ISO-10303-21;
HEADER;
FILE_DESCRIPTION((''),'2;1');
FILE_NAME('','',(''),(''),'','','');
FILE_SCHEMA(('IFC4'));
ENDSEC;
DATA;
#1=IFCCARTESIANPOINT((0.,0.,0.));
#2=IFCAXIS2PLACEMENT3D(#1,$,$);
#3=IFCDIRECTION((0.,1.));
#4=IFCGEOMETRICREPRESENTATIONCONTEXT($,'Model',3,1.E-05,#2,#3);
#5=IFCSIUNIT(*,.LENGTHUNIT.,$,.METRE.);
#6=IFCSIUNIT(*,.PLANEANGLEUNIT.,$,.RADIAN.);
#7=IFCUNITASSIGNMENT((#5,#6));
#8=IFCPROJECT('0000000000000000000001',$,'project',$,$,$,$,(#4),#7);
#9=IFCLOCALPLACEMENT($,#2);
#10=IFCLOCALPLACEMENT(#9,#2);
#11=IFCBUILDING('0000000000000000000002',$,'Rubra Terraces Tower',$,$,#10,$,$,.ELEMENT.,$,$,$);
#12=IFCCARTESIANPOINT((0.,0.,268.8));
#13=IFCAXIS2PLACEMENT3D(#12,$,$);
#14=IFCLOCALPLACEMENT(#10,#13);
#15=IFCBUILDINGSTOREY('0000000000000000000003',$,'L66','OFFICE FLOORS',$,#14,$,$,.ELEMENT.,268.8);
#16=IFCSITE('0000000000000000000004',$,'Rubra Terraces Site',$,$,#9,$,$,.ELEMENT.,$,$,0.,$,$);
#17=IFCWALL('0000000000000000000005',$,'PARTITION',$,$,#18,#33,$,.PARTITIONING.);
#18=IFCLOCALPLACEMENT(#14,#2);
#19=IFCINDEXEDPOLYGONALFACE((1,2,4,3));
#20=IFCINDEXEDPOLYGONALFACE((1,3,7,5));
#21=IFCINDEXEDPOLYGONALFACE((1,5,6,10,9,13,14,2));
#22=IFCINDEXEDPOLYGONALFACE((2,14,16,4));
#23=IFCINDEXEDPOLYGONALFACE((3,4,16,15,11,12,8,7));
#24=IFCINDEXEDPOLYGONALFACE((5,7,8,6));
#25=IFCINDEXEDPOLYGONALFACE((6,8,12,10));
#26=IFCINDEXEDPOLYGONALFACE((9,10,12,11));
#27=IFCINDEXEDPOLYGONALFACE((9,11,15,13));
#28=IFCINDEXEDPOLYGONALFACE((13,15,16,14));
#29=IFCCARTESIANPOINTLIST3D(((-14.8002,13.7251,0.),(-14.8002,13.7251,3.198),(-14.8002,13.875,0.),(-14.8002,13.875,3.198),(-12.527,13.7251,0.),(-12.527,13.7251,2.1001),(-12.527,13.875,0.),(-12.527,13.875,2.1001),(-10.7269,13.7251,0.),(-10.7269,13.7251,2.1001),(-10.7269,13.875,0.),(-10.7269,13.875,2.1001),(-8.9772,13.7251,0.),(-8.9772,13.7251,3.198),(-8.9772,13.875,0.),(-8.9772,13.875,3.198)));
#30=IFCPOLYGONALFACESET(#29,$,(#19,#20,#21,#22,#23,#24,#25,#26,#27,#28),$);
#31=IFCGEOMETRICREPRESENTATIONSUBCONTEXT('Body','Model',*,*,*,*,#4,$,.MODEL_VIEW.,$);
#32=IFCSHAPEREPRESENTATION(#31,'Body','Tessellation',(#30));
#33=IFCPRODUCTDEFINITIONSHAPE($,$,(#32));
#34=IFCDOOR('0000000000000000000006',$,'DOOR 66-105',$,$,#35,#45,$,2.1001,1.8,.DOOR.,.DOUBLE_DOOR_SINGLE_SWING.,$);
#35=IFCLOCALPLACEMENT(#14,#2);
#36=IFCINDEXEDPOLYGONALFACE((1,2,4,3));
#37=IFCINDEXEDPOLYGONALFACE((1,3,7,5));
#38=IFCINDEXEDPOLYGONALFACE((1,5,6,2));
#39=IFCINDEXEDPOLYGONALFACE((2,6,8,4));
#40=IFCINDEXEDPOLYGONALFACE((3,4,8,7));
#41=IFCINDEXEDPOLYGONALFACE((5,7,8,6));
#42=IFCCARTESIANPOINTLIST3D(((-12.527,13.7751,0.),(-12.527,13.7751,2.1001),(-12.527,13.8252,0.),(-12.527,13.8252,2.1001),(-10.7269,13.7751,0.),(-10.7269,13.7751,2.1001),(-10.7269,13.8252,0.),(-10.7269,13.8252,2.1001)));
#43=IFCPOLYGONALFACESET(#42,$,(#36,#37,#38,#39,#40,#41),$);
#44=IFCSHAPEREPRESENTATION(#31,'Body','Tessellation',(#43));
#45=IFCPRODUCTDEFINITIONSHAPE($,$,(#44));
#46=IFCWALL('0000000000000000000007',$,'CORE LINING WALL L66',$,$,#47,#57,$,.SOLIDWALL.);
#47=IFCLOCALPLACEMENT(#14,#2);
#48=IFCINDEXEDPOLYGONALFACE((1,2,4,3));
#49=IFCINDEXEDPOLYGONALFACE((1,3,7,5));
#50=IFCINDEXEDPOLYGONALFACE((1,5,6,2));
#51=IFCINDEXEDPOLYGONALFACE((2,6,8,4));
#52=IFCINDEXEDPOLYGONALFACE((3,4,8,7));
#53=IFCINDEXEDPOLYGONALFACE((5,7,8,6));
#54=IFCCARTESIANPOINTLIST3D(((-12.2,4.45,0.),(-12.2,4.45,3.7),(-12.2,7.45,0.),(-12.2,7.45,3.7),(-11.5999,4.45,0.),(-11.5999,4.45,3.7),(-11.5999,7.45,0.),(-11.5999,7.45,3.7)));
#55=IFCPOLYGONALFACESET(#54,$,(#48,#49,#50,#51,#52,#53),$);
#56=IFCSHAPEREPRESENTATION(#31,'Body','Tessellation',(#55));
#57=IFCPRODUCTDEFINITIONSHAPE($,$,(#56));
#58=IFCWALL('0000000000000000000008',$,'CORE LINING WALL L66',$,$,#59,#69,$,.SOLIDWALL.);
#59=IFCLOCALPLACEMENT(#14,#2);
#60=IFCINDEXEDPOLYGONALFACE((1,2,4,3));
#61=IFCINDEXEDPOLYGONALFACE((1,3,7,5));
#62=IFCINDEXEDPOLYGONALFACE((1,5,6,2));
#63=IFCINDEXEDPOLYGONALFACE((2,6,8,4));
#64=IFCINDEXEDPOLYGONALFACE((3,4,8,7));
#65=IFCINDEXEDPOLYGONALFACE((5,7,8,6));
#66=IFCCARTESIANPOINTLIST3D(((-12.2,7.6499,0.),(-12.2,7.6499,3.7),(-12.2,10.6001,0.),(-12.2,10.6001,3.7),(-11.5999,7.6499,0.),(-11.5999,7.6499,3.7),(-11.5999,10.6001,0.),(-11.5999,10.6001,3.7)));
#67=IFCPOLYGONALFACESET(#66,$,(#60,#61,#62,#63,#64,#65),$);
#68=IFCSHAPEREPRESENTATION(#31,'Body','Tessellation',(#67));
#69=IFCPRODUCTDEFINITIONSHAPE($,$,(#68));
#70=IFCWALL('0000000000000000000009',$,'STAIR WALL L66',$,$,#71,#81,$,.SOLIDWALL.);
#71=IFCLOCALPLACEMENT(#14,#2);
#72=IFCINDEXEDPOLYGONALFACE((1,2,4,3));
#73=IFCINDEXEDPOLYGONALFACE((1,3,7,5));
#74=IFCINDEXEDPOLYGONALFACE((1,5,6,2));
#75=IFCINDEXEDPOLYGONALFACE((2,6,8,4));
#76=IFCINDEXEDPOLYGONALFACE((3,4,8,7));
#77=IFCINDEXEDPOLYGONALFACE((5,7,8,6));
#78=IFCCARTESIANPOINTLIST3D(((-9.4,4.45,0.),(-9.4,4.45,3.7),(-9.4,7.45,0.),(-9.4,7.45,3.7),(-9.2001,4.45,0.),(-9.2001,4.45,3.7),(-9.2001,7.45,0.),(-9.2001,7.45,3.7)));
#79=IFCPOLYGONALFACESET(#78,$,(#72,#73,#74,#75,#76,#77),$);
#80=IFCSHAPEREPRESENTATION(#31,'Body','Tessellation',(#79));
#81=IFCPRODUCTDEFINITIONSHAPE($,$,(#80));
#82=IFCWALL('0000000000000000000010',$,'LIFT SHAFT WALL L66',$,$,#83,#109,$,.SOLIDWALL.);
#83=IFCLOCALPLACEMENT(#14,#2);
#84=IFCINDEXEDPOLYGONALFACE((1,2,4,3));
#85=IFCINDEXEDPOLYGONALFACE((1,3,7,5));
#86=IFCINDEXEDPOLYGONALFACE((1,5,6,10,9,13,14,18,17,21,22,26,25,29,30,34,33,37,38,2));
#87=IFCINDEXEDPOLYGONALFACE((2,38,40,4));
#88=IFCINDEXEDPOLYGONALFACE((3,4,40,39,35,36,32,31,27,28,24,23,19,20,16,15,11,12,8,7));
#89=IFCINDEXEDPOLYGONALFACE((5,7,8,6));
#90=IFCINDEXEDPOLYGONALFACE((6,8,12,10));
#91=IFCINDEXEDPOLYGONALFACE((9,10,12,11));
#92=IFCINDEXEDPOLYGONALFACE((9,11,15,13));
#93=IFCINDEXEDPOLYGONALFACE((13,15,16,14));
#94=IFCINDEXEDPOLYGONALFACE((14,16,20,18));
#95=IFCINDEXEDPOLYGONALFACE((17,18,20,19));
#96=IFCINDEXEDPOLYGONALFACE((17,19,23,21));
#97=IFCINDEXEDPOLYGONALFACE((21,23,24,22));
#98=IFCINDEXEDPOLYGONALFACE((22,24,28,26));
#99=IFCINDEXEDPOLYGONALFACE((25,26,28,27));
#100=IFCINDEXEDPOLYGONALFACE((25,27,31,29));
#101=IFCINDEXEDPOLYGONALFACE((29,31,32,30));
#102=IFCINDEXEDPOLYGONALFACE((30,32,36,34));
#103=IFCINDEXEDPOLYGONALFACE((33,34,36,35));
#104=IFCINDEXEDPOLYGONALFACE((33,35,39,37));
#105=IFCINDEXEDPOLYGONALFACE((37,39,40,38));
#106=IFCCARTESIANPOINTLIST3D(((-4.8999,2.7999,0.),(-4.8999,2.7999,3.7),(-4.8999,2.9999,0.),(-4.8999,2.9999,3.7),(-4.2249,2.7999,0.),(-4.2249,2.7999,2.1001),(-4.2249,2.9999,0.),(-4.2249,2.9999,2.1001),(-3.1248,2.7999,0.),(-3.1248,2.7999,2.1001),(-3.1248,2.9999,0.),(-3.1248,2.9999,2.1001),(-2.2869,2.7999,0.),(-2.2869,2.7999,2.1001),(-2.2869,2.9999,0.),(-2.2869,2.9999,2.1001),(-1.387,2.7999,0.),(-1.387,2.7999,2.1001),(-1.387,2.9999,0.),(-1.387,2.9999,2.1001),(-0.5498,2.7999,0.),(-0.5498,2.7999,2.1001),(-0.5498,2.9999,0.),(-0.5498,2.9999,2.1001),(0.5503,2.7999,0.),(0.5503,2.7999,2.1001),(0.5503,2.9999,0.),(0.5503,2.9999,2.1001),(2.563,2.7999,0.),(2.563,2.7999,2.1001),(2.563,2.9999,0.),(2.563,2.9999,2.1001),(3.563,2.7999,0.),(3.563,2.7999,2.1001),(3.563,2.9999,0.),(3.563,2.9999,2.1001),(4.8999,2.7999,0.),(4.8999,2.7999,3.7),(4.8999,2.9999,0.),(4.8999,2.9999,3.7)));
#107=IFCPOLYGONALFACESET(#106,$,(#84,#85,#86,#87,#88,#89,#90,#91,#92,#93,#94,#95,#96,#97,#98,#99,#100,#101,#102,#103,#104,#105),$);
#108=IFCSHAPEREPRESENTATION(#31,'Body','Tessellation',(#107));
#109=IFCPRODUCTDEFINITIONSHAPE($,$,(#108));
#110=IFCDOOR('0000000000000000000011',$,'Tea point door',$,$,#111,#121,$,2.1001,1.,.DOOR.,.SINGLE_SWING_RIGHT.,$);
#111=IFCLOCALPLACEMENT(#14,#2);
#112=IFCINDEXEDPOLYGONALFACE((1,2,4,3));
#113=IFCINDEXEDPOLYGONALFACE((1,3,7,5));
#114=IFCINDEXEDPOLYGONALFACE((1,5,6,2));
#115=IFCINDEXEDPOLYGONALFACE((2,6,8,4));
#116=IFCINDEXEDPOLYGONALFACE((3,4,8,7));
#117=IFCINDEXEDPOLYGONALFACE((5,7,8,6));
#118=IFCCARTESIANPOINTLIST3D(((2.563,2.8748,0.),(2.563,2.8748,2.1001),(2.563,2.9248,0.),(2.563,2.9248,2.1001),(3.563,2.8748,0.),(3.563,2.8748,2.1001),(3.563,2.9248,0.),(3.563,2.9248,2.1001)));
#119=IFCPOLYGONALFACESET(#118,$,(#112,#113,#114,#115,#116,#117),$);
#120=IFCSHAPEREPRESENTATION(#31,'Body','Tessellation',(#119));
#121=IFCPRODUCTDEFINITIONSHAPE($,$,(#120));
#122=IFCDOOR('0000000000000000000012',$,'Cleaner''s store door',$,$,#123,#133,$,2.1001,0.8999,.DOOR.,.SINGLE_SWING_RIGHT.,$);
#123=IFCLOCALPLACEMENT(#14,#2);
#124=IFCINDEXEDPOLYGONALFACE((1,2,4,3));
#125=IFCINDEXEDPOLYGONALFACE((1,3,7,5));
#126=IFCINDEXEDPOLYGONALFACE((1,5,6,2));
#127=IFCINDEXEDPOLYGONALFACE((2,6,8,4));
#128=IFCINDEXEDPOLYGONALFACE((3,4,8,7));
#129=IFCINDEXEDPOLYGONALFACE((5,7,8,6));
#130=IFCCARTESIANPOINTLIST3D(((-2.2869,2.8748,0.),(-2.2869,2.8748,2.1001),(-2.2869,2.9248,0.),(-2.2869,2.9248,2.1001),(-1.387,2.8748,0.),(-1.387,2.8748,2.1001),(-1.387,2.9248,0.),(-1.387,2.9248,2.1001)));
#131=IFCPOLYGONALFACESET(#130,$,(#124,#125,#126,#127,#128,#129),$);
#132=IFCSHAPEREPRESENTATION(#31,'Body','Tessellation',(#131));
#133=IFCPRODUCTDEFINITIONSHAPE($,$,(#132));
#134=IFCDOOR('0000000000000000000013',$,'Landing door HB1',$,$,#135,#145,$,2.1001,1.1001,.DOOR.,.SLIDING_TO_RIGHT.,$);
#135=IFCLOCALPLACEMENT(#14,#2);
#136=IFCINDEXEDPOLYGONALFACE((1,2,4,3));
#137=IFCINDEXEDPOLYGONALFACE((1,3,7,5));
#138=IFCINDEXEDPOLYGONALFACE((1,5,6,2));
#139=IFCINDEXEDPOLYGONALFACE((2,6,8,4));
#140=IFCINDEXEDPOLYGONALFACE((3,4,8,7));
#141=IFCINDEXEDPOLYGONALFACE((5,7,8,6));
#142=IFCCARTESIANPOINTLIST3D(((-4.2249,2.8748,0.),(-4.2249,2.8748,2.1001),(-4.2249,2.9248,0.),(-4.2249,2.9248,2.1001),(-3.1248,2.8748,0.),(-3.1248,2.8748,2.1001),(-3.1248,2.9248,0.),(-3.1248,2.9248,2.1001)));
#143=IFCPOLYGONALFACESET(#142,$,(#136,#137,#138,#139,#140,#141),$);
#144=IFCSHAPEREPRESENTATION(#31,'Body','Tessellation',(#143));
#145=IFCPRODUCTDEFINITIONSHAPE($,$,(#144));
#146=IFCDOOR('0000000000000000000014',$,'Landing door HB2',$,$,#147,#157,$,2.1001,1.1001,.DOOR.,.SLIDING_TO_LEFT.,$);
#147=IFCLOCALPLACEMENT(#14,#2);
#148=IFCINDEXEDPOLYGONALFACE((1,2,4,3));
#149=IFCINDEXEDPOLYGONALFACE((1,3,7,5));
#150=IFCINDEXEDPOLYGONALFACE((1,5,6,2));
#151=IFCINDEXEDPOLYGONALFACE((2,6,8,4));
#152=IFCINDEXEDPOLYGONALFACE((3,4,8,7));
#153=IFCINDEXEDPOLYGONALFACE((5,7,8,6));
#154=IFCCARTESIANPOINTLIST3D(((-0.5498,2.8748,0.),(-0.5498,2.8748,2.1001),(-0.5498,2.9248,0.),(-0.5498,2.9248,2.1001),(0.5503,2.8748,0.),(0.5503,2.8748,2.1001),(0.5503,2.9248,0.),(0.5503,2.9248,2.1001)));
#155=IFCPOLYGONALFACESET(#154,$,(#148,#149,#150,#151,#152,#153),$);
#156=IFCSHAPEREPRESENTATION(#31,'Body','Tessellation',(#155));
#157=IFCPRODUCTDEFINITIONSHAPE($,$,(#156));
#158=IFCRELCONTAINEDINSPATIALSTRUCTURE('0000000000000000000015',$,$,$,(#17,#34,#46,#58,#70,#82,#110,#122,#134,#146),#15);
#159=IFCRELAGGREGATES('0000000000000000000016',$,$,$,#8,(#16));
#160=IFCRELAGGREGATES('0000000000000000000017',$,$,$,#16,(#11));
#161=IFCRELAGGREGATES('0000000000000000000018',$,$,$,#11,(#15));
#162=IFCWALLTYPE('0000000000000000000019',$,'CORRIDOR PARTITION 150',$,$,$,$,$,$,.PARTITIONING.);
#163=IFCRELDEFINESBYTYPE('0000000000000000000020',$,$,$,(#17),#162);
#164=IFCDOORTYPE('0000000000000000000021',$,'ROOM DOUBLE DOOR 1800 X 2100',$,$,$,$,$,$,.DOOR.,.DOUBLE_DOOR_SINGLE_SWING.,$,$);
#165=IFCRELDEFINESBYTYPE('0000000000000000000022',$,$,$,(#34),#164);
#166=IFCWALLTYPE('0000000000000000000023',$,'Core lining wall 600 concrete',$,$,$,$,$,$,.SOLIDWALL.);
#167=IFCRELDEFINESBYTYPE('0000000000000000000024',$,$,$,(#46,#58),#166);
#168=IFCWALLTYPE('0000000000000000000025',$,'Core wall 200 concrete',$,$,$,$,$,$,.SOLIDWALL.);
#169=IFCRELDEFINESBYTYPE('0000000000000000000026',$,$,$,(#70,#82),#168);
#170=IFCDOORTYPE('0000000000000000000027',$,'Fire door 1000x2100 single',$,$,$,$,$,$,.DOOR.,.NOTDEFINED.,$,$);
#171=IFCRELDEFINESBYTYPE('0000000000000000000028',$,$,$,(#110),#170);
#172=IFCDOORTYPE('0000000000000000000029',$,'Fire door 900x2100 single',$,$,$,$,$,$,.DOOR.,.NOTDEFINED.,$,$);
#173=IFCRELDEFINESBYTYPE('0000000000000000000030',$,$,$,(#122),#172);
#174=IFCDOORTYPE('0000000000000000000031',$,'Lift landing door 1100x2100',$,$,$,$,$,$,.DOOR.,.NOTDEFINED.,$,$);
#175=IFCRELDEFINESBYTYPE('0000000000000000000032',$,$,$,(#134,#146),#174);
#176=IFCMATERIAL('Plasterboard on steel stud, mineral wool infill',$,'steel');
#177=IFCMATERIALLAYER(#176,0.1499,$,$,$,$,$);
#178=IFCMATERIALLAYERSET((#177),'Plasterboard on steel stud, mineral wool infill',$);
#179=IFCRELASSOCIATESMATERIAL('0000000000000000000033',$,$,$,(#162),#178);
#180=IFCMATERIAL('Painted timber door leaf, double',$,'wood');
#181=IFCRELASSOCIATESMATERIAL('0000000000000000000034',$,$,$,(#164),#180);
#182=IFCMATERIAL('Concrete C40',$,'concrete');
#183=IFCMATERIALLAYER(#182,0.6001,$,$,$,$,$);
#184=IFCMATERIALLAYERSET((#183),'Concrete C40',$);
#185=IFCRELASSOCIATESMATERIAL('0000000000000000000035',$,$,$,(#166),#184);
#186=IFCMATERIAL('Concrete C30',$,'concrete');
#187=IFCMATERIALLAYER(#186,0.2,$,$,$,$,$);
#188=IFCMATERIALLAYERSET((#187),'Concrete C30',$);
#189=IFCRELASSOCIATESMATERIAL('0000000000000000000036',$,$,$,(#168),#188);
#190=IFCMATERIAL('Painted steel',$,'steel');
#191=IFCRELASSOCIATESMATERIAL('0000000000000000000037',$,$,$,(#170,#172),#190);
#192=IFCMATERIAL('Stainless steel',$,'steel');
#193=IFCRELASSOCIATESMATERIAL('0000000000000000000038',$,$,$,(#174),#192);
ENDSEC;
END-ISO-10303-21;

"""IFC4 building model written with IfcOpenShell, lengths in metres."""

from ifc_helpers import new_model, si_unit, direction, frame, frame_2d, origin, place, context, subcontext, project, spatial, rectangle, extrude, material, layer, layer_set, type_object, element, fill, save


model = new_model("IFC4")

# Units and contexts
model_context = context("Model", 3, precision=1e-05, world=origin(), true_north=direction((0.0, 1.0)))
body_context = subcontext(model_context, "Body", "Model", "MODEL_VIEW")
ifc_project = project(units=[si_unit("LENGTHUNIT", "METRE"), si_unit("PLANEANGLEUNIT", "RADIAN")], contexts=[model_context])

# Site, building, storey
site_placement = place(None, origin())
site = spatial("IfcSite", under=ifc_project, at=site_placement, Name="Rubra Terraces Site", CompositionType="ELEMENT", RefElevation=0.0)
building_placement = place(site_placement, origin())
building = spatial("IfcBuilding", under=site, at=building_placement, Name="Rubra Terraces Tower", CompositionType="ELEMENT")
storey_placement = place(building_placement, frame((0.0, 0.0, 268.8)))
storey = spatial("IfcBuildingStorey", under=building, at=storey_placement, Name="L66", Description="OFFICE FLOORS", CompositionType="ELEMENT", Elevation=268.8)

# Wall, opening, door
ifc_material_1 = material(Name="Plasterboard on steel stud, mineral wool infill", Category="steel")
ifc_layer_1 = layer(ifc_material_1, 0.1499)
ifc_layer_set_1 = layer_set([ifc_layer_1], Name="Plasterboard on steel stud, mineral wool infill")
wall_type_1 = type_object("IfcWallType", Name="CORRIDOR PARTITION 150", PredefinedType="PARTITIONING", material=ifc_layer_set_1)
wall_1_placement = place(storey_placement, frame((-8.9771, 13.8, 0.0), z_axis=(0.0, 0.0, 1.0), x_axis=(-1.0, 0.0, 0.0)))
wall_1 = element("IfcWall", 1, at=wall_1_placement, inside=storey, type_object=wall_type_1, Name="PARTITION", PredefinedType="PARTITIONING", context=body_context, shape_type="SweptSolid", body=[
    extrude(rectangle(XDim=5.823, YDim=0.1499, at=frame_2d((2.9116, 0.0))), origin(), (0.0, 0.0, 1.0), 3.198),
])
opening_1_placement = place(wall_1_placement, frame((1.75, 0.0, 0.0)))
opening_1 = element("IfcOpeningElement", 2, at=opening_1_placement, cuts=wall_1, PredefinedType="OPENING", context=body_context, shape_type="SweptSolid", body=[
    extrude(rectangle(XDim=1.8, YDim=2.1001, at=frame_2d((0.8999, 1.05))), frame((0.0, 0.085, 0.0), z_axis=(0.0, -1.0, 0.0), x_axis=(1.0, 0.0, 0.0)), (0.0, 0.0, 1.0), 0.1699),
])
ifc_material_2 = material(Name="Painted timber door leaf, double", Category="wood")
door_type_1 = type_object("IfcDoorType", Name="ROOM DOUBLE DOOR 1800 X 2100", OperationType="DOUBLE_DOOR_SINGLE_SWING", PredefinedType="DOOR", material=ifc_material_2)
door_1_placement = place(opening_1_placement, origin())
door_1 = element("IfcDoor", 3, at=door_1_placement, inside=storey, type_object=door_type_1, Name="DOOR 66-105", OperationType="DOUBLE_DOOR_SINGLE_SWING", OverallHeight=2.1001, OverallWidth=1.8, PredefinedType="DOOR", context=body_context, shape_type="SweptSolid", body=[
    extrude(rectangle(XDim=1.8, YDim=2.1001, at=frame_2d((0.8999, 1.05))), frame((0.0, 0.0249, 0.0), z_axis=(0.0, -1.0, 0.0), x_axis=(1.0, 0.0, 0.0)), (0.0, 0.0, 1.0), 0.05),
])
fill(opening_1, door_1)

# Walls
ifc_material_3 = material(Name="Concrete C40", Category="concrete")
ifc_layer_2 = layer(ifc_material_3, 0.6001)
ifc_layer_set_2 = layer_set([ifc_layer_2], Name="Concrete C40")
wall_type_2 = type_object("IfcWallType", Name="Core lining wall 600 concrete", PredefinedType="SOLIDWALL", material=ifc_layer_set_2)
wall_2_placement = place(storey_placement, frame((-11.8999, 4.45, 0.0), z_axis=(0.0, 0.0, 1.0), x_axis=(0.0, 1.0, 0.0)))
element("IfcWall", 4, at=wall_2_placement, inside=storey, type_object=wall_type_2, Name="CORE LINING WALL L66", PredefinedType="SOLIDWALL", context=body_context, shape_type="SweptSolid", body=[
    extrude(rectangle(XDim=3.0, YDim=0.6001, at=frame_2d((1.5, 0.0))), origin(), (0.0, 0.0, 1.0), 3.7),
])
wall_3_placement = place(storey_placement, frame((-11.8999, 7.6499, 0.0), z_axis=(0.0, 0.0, 1.0), x_axis=(0.0, 1.0, 0.0)))
element("IfcWall", 5, at=wall_3_placement, inside=storey, type_object=wall_type_2, Name="CORE LINING WALL L66", PredefinedType="SOLIDWALL", context=body_context, shape_type="SweptSolid", body=[
    extrude(rectangle(XDim=2.9502, YDim=0.6001, at=frame_2d((1.4751, 0.0))), origin(), (0.0, 0.0, 1.0), 3.7),
])
ifc_material_4 = material(Name="Concrete C30", Category="concrete")
ifc_layer_3 = layer(ifc_material_4, 0.2)
ifc_layer_set_3 = layer_set([ifc_layer_3], Name="Concrete C30")
wall_type_3 = type_object("IfcWallType", Name="Core wall 200 concrete", PredefinedType="SOLIDWALL", material=ifc_layer_set_3)
wall_4_placement = place(storey_placement, frame((-9.3, 4.45, 0.0), z_axis=(0.0, 0.0, 1.0), x_axis=(0.0, 1.0, 0.0)))
element("IfcWall", 6, at=wall_4_placement, inside=storey, type_object=wall_type_3, Name="STAIR WALL L66", PredefinedType="SOLIDWALL", context=body_context, shape_type="SweptSolid", body=[
    extrude(rectangle(XDim=3.0, YDim=0.2, at=frame_2d((1.5, 0.0))), origin(), (0.0, 0.0, 1.0), 3.7),
])

# Wall, openings, doors
wall_5_placement = place(storey_placement, frame((-4.8999, 2.8999, 0.0), z_axis=(0.0, 0.0, 1.0), x_axis=(1.0, 0.0, 0.0)))
wall_5 = element("IfcWall", 7, at=wall_5_placement, inside=storey, type_object=wall_type_3, Name="LIFT SHAFT WALL L66", PredefinedType="SOLIDWALL", context=body_context, shape_type="SweptSolid", body=[
    extrude(rectangle(XDim=9.7998, YDim=0.2, at=frame_2d((4.8999, 0.0))), origin(), (0.0, 0.0, 1.0), 3.7),
])
opening_2_placement = place(wall_5_placement, frame((0.675, 0.0, 0.0)))
opening_2 = element("IfcOpeningElement", 8, at=opening_2_placement, cuts=wall_5, PredefinedType="OPENING", context=body_context, shape_type="SweptSolid", body=[
    extrude(rectangle(XDim=1.1001, YDim=2.1001, at=frame_2d((0.55, 1.05))), frame((0.0, 0.1099, 0.0), z_axis=(0.0, -1.0, 0.0), x_axis=(1.0, 0.0, 0.0)), (0.0, 0.0, 1.0), 0.22),
])
opening_3_placement = place(wall_5_placement, frame((2.613, 0.0, 0.0)))
opening_3 = element("IfcOpeningElement", 9, at=opening_3_placement, cuts=wall_5, PredefinedType="OPENING", context=body_context, shape_type="SweptSolid", body=[
    extrude(rectangle(XDim=0.8999, YDim=2.1001, at=frame_2d((0.45, 1.05))), frame((0.0, 0.1099, 0.0), z_axis=(0.0, -1.0, 0.0), x_axis=(1.0, 0.0, 0.0)), (0.0, 0.0, 1.0), 0.22),
])
opening_4_placement = place(wall_5_placement, frame((4.3501, 0.0, 0.0)))
opening_4 = element("IfcOpeningElement", 10, at=opening_4_placement, cuts=wall_5, PredefinedType="OPENING", context=body_context, shape_type="SweptSolid", body=[
    extrude(rectangle(XDim=1.1001, YDim=2.1001, at=frame_2d((0.55, 1.05))), frame((0.0, 0.1099, 0.0), z_axis=(0.0, -1.0, 0.0), x_axis=(1.0, 0.0, 0.0)), (0.0, 0.0, 1.0), 0.22),
])
opening_5_placement = place(wall_5_placement, frame((7.4629, 0.0, 0.0)))
opening_5 = element("IfcOpeningElement", 11, at=opening_5_placement, cuts=wall_5, PredefinedType="OPENING", context=body_context, shape_type="SweptSolid", body=[
    extrude(rectangle(XDim=1.0, YDim=2.1001, at=frame_2d((0.5, 1.05))), frame((0.0, 0.1099, 0.0), z_axis=(0.0, -1.0, 0.0), x_axis=(1.0, 0.0, 0.0)), (0.0, 0.0, 1.0), 0.22),
])
ifc_material_5 = material(Name="Painted steel", Category="steel")
door_type_2 = type_object("IfcDoorType", Name="Fire door 1000x2100 single", OperationType="NOTDEFINED", PredefinedType="DOOR", material=ifc_material_5)
door_2_placement = place(opening_5_placement, origin())
door_2 = element("IfcDoor", 12, at=door_2_placement, inside=storey, type_object=door_type_2, Name="Tea point door", OperationType="SINGLE_SWING_RIGHT", OverallHeight=2.1001, OverallWidth=1.0, PredefinedType="DOOR", context=body_context, shape_type="SweptSolid", body=[
    extrude(rectangle(XDim=1.0, YDim=2.1001, at=frame_2d((0.5, 1.05))), frame((0.0, 0.0249, 0.0), z_axis=(0.0, -1.0, 0.0), x_axis=(1.0, 0.0, 0.0)), (0.0, 0.0, 1.0), 0.05),
])
fill(opening_5, door_2)
door_type_3 = type_object("IfcDoorType", Name="Fire door 900x2100 single", OperationType="NOTDEFINED", PredefinedType="DOOR", material=ifc_material_5)
door_3_placement = place(opening_3_placement, origin())
door_3 = element("IfcDoor", 13, at=door_3_placement, inside=storey, type_object=door_type_3, Name="Cleaner's store door", OperationType="SINGLE_SWING_RIGHT", OverallHeight=2.1001, OverallWidth=0.8999, PredefinedType="DOOR", context=body_context, shape_type="SweptSolid", body=[
    extrude(rectangle(XDim=0.8999, YDim=2.1001, at=frame_2d((0.45, 1.05))), frame((0.0, 0.0249, 0.0), z_axis=(0.0, -1.0, 0.0), x_axis=(1.0, 0.0, 0.0)), (0.0, 0.0, 1.0), 0.05),
])
fill(opening_3, door_3)
ifc_material_6 = material(Name="Stainless steel", Category="steel")
door_type_4 = type_object("IfcDoorType", Name="Lift landing door 1100x2100", OperationType="NOTDEFINED", PredefinedType="DOOR", material=ifc_material_6)
door_4_placement = place(opening_2_placement, origin())
door_4 = element("IfcDoor", 14, at=door_4_placement, inside=storey, type_object=door_type_4, Name="Landing door HB1", OperationType="SLIDING_TO_RIGHT", OverallHeight=2.1001, OverallWidth=1.1001, PredefinedType="DOOR", context=body_context, shape_type="SweptSolid", body=[
    extrude(rectangle(XDim=1.1001, YDim=2.1001, at=frame_2d((0.55, 1.05))), frame((0.0, 0.0249, 0.0), z_axis=(0.0, -1.0, 0.0), x_axis=(1.0, 0.0, 0.0)), (0.0, 0.0, 1.0), 0.05),
])
fill(opening_2, door_4)
door_5_placement = place(opening_4_placement, origin())
door_5 = element("IfcDoor", 15, at=door_5_placement, inside=storey, type_object=door_type_4, Name="Landing door HB2", OperationType="SLIDING_TO_LEFT", OverallHeight=2.1001, OverallWidth=1.1001, PredefinedType="DOOR", context=body_context, shape_type="SweptSolid", body=[
    extrude(rectangle(XDim=1.1001, YDim=2.1001, at=frame_2d((0.55, 1.05))), frame((0.0, 0.0249, 0.0), z_axis=(0.0, -1.0, 0.0), x_axis=(1.0, 0.0, 0.0)), (0.0, 0.0, 1.0), 0.05),
])
fill(opening_4, door_5)

save(model, "model.ifc")
